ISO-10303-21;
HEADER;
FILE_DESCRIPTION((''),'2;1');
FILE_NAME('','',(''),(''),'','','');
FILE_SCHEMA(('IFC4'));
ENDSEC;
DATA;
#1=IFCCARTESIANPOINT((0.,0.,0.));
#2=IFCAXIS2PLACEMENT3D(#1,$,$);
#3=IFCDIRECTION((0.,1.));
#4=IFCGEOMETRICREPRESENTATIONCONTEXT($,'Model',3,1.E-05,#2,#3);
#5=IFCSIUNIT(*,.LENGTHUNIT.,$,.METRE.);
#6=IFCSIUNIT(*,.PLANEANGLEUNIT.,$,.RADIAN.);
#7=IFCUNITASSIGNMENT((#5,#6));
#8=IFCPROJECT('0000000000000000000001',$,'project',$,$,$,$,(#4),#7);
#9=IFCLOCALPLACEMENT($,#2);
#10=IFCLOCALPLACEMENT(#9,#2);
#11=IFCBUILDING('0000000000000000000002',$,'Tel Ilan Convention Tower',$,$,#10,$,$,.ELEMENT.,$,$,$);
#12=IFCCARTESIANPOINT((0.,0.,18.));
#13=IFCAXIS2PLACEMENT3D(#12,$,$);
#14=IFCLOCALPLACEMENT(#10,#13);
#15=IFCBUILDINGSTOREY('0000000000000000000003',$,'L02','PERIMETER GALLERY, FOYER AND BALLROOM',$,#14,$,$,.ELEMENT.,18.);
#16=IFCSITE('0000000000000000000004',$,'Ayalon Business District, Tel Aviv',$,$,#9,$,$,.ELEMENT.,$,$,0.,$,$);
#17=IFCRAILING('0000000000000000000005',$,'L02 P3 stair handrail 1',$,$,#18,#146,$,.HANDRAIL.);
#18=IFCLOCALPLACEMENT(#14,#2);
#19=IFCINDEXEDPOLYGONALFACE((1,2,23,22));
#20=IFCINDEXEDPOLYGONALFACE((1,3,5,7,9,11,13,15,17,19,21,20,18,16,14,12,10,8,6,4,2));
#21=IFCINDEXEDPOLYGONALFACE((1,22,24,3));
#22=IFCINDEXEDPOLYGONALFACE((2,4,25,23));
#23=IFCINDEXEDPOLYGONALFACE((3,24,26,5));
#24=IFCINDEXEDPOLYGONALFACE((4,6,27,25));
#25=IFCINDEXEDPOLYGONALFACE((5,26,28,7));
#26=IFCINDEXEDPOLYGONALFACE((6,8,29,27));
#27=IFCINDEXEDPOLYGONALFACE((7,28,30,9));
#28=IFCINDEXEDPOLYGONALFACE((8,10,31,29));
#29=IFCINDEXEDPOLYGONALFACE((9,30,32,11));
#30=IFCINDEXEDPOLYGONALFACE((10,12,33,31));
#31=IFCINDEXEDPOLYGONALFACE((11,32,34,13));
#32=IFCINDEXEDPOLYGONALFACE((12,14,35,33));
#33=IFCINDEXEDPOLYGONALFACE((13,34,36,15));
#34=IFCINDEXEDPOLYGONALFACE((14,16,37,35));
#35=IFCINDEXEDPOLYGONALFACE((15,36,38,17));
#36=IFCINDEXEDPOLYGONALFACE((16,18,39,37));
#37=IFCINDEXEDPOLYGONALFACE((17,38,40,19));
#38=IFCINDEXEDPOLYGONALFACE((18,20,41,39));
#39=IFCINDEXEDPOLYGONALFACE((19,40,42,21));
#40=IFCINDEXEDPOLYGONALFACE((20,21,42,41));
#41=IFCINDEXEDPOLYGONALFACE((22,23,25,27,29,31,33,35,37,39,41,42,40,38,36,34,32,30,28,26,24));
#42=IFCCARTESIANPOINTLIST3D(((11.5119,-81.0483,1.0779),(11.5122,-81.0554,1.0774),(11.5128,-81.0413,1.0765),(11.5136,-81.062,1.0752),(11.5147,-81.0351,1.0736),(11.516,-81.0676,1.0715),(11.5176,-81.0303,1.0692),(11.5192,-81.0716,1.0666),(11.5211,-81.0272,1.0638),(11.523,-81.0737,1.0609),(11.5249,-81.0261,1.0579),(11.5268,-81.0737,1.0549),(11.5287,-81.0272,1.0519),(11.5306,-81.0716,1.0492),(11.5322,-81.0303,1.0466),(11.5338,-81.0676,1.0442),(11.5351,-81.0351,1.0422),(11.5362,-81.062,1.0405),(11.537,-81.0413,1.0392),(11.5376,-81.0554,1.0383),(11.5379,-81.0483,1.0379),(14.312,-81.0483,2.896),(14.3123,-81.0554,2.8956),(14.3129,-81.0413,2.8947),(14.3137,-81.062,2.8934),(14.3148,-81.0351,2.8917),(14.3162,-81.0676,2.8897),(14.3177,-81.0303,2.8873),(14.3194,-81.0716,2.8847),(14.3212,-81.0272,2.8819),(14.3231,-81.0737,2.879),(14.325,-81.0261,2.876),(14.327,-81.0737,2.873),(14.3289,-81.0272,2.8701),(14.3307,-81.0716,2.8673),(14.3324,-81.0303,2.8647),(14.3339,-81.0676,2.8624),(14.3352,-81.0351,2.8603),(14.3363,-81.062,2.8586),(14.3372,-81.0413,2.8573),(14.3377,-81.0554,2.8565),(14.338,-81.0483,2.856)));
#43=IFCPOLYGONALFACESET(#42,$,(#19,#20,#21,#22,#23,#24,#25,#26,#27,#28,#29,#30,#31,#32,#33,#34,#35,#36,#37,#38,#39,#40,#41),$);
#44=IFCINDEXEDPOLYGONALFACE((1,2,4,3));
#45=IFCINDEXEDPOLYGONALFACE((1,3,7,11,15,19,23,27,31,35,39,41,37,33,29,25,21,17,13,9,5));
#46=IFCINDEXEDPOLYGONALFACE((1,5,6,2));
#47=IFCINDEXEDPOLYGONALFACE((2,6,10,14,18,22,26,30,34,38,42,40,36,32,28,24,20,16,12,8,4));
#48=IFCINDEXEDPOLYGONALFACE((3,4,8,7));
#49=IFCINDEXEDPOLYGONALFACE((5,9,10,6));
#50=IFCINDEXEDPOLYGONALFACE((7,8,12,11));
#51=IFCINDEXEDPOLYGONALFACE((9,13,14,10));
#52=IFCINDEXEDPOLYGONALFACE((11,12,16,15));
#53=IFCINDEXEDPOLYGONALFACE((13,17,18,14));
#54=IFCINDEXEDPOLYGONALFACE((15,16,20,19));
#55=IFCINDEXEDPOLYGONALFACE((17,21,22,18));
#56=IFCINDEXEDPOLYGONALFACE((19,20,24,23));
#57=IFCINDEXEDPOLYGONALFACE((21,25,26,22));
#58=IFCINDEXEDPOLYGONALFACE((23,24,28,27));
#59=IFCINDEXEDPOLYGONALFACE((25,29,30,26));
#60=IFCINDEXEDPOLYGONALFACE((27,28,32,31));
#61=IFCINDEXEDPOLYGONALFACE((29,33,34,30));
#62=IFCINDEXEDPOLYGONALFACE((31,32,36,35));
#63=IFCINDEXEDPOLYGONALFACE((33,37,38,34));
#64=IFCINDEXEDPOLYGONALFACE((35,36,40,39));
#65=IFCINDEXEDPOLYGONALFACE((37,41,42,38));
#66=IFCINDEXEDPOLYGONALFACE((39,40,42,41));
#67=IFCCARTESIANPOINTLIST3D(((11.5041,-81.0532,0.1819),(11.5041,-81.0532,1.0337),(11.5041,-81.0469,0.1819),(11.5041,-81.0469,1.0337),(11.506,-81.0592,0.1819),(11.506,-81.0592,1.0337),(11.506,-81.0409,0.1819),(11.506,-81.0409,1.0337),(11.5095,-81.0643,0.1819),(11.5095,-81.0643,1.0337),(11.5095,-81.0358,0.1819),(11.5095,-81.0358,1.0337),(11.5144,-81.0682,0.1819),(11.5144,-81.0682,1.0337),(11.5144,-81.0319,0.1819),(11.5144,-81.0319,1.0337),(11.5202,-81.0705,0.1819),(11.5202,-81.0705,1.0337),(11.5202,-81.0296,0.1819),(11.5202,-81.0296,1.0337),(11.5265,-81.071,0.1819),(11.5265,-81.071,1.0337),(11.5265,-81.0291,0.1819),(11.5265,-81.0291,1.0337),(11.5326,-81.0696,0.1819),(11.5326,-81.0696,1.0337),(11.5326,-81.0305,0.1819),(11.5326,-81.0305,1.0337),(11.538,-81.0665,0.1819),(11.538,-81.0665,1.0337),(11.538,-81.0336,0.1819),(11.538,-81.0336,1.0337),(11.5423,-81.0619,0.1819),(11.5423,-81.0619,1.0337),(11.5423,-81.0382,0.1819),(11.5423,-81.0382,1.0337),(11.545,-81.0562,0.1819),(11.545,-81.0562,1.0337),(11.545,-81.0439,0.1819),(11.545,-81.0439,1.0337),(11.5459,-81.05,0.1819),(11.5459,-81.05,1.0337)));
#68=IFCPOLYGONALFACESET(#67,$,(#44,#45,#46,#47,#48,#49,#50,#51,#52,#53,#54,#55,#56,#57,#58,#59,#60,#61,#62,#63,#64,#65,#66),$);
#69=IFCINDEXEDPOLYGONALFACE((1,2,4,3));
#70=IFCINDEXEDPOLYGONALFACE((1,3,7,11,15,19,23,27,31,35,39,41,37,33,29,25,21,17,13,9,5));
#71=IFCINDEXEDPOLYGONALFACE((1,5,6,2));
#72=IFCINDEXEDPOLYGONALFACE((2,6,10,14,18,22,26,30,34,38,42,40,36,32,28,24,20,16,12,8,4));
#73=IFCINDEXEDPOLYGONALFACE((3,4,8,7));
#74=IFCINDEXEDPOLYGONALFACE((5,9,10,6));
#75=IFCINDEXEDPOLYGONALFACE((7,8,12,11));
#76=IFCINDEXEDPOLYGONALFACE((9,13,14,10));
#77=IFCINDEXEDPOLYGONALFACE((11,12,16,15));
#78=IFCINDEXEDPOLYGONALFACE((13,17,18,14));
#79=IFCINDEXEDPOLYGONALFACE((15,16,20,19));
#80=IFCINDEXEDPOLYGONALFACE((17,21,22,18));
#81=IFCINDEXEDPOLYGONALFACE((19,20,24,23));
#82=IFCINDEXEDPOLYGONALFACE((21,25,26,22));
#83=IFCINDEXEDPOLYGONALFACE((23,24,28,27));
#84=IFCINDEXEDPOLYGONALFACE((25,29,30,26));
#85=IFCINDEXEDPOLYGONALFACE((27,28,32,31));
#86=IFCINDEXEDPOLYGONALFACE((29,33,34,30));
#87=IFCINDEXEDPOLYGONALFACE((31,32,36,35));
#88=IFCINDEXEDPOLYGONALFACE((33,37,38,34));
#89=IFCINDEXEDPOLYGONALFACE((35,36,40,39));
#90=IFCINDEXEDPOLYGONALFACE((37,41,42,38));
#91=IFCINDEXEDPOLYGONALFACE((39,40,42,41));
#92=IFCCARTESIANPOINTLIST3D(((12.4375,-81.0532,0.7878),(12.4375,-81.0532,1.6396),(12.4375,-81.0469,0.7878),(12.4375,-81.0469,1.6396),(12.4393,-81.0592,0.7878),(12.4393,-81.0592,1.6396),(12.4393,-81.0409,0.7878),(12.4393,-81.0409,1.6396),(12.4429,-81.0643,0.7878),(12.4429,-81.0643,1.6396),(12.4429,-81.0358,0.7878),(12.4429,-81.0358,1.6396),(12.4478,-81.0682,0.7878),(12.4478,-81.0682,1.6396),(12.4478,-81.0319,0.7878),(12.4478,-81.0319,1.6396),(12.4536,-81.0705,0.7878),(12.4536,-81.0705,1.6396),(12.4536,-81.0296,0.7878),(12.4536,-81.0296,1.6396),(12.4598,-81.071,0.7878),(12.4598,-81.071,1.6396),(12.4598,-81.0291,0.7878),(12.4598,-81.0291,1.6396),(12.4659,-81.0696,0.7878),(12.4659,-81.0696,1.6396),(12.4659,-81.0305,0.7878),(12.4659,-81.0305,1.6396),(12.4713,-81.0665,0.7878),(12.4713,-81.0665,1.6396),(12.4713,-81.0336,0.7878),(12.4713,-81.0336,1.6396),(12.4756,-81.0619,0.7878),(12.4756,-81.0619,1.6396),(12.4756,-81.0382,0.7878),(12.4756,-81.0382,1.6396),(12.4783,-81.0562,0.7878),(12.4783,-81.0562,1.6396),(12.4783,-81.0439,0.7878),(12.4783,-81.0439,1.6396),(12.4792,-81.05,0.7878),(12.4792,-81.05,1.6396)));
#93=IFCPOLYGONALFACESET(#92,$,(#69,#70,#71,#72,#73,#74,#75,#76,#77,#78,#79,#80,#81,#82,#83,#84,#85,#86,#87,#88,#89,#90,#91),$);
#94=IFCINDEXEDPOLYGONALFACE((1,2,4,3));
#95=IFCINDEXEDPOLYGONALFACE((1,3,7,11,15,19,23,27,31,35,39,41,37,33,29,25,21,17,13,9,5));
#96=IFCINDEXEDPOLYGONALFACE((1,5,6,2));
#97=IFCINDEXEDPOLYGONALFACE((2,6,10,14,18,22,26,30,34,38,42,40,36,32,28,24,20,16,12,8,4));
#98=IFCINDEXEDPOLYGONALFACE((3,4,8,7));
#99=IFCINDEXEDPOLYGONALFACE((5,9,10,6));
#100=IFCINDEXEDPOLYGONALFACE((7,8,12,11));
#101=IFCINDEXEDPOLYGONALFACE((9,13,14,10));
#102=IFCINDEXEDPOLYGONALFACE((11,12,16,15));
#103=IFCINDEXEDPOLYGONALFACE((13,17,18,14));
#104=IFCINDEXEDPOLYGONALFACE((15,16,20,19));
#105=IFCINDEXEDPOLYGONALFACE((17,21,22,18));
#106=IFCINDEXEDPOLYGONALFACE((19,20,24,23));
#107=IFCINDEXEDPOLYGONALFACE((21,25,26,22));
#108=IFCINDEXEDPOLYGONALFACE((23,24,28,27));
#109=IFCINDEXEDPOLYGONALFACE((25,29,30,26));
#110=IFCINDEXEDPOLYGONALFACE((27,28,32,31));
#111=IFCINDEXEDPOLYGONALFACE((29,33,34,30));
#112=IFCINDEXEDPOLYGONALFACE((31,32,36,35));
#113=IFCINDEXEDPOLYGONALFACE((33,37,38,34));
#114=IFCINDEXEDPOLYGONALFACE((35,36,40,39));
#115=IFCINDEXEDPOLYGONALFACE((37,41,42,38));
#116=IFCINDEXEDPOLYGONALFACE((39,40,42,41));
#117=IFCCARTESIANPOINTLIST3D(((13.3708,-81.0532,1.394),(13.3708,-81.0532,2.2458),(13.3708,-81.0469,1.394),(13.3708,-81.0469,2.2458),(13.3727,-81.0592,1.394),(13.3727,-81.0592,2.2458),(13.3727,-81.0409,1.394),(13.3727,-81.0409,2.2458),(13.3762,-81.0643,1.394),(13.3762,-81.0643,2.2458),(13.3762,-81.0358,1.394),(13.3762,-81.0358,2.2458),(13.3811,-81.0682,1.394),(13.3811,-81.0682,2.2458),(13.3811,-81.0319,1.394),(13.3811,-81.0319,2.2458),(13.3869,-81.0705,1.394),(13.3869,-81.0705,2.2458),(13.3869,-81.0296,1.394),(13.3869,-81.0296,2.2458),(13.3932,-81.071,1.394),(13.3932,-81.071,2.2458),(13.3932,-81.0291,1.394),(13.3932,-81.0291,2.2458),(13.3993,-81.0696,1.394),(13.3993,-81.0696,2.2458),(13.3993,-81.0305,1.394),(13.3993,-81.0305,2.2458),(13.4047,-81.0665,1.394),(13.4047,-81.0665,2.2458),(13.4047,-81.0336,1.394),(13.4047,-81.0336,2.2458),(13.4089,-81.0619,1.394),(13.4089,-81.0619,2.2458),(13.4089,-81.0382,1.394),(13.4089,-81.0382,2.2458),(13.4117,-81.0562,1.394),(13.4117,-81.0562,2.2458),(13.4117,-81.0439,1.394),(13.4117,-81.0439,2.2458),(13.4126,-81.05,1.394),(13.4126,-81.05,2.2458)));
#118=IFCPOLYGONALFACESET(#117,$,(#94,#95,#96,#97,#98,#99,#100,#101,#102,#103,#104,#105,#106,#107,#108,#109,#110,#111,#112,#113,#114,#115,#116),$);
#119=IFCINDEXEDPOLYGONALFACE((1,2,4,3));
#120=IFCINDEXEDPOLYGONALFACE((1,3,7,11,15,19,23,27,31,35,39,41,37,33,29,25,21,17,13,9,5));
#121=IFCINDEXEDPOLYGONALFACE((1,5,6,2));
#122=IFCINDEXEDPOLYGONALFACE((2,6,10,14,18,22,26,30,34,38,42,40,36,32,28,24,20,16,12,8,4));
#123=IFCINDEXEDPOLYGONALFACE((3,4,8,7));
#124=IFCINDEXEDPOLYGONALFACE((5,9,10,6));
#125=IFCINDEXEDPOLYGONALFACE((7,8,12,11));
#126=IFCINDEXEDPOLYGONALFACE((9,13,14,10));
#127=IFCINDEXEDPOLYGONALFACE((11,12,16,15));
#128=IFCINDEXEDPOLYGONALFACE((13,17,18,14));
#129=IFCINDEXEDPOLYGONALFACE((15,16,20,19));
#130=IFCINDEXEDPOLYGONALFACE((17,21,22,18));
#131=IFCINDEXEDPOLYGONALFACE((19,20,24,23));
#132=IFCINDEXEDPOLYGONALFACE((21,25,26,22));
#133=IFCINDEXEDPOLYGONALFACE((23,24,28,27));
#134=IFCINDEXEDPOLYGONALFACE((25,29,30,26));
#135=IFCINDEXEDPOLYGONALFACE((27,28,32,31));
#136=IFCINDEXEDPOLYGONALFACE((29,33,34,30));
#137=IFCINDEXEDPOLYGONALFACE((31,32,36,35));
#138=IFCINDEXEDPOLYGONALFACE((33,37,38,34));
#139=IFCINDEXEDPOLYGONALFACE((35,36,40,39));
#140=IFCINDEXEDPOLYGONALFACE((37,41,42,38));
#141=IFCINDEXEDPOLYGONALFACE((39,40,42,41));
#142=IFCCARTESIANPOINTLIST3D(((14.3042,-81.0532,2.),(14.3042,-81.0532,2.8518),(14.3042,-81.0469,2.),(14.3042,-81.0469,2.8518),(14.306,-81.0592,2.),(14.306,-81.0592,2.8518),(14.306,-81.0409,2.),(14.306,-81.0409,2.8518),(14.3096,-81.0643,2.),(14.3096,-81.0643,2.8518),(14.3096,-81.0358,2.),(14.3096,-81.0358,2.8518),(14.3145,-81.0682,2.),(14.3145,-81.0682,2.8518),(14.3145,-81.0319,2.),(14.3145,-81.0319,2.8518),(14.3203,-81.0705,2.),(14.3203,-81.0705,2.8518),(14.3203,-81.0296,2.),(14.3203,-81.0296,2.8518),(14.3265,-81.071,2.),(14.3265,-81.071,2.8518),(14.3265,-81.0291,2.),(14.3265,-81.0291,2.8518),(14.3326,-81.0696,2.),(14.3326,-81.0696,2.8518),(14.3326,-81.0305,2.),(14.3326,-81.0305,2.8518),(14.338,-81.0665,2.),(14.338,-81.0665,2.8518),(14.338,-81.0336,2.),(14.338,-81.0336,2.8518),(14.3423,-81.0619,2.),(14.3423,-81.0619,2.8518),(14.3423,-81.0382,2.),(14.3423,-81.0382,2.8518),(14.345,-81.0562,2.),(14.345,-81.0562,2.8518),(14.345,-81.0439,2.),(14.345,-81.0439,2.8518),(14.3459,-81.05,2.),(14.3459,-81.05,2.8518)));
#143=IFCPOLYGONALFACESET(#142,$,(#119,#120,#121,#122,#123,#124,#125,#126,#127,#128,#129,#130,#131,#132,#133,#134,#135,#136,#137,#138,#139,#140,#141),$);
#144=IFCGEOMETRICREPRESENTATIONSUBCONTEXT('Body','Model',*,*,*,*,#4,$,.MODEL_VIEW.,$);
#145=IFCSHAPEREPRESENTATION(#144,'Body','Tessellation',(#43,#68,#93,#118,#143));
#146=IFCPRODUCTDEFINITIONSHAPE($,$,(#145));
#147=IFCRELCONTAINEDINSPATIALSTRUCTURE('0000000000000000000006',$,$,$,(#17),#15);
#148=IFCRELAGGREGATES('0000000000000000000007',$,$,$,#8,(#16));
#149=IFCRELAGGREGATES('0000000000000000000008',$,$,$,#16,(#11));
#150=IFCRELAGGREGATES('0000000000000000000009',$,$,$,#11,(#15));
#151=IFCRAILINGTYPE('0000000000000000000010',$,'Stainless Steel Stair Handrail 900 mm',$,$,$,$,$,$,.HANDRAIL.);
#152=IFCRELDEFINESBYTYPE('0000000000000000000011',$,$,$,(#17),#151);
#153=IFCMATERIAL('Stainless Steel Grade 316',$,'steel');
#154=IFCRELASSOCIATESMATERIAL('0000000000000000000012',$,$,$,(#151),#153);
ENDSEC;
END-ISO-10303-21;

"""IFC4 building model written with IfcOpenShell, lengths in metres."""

from ifc_helpers import new_model, si_unit, direction, frame, origin, origin_2d, place, context, subcontext, project, spatial, circle, extrude, material, type_object, element, save


model = new_model("IFC4")

# Units and contexts
model_context = context("Model", 3, precision=1e-05, world=origin(), true_north=direction((0.0, 1.0)))
body_context = subcontext(model_context, "Body", "Model", "MODEL_VIEW")
ifc_project = project(units=[si_unit("LENGTHUNIT", "METRE"), si_unit("PLANEANGLEUNIT", "RADIAN")], contexts=[model_context])

# Site, building, storey
site_placement = place(None, origin())
site = spatial("IfcSite", under=ifc_project, at=site_placement, Name="Ayalon Business District, Tel Aviv", CompositionType="ELEMENT", RefElevation=0.0)
building_placement = place(site_placement, origin())
building = spatial("IfcBuilding", under=site, at=building_placement, Name="Tel Ilan Convention Tower", CompositionType="ELEMENT")
storey_placement = place(building_placement, frame((0.0, 0.0, 18.0)))
storey = spatial("IfcBuildingStorey", under=building, at=storey_placement, Name="L02", Description="PERIMETER GALLERY, FOYER AND BALLROOM", CompositionType="ELEMENT", Elevation=18.0)

# Railing
ifc_material_1 = material(Name="Stainless Steel Grade 316", Category="steel")
railing_type_1 = type_object("IfcRailingType", Name="Stainless Steel Stair Handrail 900 mm", PredefinedType="HANDRAIL", material=ifc_material_1)
for number, where, name in (
    (1, (11.5249, -81.05, 0.1819), "L02 P3 stair handrail 1"),
):
    element("IfcRailing", number, at=place(storey_placement, frame(where)), inside=storey, type_object=railing_type_1, Name=name, PredefinedType="HANDRAIL", context=body_context, shape_type="SweptSolid", body=[
        extrude(circle(Radius=0.0239, at=origin_2d()), frame((0.0, 0.0, 0.876), z_axis=(0.838706, 0.0, 0.544585), x_axis=(0.0, 1.0, 0.0)), (0.0, 0.0, 1.0), 3.3386),
        extrude(circle(Radius=0.021, at=origin_2d()), origin(), (0.0, 0.0, 1.0), 0.8518),
        extrude(circle(Radius=0.021, at=origin_2d()), frame((0.9333, 0.0, 0.606)), (0.0, 0.0, 1.0), 0.8518),
        extrude(circle(Radius=0.021, at=origin_2d()), frame((1.8667, 0.0, 1.2122)), (0.0, 0.0, 1.0), 0.8518),
        extrude(circle(Radius=0.021, at=origin_2d()), frame((2.8, 0.0, 1.8181)), (0.0, 0.0, 1.0), 0.8518),
    ])

save(model, "model.ifc")
